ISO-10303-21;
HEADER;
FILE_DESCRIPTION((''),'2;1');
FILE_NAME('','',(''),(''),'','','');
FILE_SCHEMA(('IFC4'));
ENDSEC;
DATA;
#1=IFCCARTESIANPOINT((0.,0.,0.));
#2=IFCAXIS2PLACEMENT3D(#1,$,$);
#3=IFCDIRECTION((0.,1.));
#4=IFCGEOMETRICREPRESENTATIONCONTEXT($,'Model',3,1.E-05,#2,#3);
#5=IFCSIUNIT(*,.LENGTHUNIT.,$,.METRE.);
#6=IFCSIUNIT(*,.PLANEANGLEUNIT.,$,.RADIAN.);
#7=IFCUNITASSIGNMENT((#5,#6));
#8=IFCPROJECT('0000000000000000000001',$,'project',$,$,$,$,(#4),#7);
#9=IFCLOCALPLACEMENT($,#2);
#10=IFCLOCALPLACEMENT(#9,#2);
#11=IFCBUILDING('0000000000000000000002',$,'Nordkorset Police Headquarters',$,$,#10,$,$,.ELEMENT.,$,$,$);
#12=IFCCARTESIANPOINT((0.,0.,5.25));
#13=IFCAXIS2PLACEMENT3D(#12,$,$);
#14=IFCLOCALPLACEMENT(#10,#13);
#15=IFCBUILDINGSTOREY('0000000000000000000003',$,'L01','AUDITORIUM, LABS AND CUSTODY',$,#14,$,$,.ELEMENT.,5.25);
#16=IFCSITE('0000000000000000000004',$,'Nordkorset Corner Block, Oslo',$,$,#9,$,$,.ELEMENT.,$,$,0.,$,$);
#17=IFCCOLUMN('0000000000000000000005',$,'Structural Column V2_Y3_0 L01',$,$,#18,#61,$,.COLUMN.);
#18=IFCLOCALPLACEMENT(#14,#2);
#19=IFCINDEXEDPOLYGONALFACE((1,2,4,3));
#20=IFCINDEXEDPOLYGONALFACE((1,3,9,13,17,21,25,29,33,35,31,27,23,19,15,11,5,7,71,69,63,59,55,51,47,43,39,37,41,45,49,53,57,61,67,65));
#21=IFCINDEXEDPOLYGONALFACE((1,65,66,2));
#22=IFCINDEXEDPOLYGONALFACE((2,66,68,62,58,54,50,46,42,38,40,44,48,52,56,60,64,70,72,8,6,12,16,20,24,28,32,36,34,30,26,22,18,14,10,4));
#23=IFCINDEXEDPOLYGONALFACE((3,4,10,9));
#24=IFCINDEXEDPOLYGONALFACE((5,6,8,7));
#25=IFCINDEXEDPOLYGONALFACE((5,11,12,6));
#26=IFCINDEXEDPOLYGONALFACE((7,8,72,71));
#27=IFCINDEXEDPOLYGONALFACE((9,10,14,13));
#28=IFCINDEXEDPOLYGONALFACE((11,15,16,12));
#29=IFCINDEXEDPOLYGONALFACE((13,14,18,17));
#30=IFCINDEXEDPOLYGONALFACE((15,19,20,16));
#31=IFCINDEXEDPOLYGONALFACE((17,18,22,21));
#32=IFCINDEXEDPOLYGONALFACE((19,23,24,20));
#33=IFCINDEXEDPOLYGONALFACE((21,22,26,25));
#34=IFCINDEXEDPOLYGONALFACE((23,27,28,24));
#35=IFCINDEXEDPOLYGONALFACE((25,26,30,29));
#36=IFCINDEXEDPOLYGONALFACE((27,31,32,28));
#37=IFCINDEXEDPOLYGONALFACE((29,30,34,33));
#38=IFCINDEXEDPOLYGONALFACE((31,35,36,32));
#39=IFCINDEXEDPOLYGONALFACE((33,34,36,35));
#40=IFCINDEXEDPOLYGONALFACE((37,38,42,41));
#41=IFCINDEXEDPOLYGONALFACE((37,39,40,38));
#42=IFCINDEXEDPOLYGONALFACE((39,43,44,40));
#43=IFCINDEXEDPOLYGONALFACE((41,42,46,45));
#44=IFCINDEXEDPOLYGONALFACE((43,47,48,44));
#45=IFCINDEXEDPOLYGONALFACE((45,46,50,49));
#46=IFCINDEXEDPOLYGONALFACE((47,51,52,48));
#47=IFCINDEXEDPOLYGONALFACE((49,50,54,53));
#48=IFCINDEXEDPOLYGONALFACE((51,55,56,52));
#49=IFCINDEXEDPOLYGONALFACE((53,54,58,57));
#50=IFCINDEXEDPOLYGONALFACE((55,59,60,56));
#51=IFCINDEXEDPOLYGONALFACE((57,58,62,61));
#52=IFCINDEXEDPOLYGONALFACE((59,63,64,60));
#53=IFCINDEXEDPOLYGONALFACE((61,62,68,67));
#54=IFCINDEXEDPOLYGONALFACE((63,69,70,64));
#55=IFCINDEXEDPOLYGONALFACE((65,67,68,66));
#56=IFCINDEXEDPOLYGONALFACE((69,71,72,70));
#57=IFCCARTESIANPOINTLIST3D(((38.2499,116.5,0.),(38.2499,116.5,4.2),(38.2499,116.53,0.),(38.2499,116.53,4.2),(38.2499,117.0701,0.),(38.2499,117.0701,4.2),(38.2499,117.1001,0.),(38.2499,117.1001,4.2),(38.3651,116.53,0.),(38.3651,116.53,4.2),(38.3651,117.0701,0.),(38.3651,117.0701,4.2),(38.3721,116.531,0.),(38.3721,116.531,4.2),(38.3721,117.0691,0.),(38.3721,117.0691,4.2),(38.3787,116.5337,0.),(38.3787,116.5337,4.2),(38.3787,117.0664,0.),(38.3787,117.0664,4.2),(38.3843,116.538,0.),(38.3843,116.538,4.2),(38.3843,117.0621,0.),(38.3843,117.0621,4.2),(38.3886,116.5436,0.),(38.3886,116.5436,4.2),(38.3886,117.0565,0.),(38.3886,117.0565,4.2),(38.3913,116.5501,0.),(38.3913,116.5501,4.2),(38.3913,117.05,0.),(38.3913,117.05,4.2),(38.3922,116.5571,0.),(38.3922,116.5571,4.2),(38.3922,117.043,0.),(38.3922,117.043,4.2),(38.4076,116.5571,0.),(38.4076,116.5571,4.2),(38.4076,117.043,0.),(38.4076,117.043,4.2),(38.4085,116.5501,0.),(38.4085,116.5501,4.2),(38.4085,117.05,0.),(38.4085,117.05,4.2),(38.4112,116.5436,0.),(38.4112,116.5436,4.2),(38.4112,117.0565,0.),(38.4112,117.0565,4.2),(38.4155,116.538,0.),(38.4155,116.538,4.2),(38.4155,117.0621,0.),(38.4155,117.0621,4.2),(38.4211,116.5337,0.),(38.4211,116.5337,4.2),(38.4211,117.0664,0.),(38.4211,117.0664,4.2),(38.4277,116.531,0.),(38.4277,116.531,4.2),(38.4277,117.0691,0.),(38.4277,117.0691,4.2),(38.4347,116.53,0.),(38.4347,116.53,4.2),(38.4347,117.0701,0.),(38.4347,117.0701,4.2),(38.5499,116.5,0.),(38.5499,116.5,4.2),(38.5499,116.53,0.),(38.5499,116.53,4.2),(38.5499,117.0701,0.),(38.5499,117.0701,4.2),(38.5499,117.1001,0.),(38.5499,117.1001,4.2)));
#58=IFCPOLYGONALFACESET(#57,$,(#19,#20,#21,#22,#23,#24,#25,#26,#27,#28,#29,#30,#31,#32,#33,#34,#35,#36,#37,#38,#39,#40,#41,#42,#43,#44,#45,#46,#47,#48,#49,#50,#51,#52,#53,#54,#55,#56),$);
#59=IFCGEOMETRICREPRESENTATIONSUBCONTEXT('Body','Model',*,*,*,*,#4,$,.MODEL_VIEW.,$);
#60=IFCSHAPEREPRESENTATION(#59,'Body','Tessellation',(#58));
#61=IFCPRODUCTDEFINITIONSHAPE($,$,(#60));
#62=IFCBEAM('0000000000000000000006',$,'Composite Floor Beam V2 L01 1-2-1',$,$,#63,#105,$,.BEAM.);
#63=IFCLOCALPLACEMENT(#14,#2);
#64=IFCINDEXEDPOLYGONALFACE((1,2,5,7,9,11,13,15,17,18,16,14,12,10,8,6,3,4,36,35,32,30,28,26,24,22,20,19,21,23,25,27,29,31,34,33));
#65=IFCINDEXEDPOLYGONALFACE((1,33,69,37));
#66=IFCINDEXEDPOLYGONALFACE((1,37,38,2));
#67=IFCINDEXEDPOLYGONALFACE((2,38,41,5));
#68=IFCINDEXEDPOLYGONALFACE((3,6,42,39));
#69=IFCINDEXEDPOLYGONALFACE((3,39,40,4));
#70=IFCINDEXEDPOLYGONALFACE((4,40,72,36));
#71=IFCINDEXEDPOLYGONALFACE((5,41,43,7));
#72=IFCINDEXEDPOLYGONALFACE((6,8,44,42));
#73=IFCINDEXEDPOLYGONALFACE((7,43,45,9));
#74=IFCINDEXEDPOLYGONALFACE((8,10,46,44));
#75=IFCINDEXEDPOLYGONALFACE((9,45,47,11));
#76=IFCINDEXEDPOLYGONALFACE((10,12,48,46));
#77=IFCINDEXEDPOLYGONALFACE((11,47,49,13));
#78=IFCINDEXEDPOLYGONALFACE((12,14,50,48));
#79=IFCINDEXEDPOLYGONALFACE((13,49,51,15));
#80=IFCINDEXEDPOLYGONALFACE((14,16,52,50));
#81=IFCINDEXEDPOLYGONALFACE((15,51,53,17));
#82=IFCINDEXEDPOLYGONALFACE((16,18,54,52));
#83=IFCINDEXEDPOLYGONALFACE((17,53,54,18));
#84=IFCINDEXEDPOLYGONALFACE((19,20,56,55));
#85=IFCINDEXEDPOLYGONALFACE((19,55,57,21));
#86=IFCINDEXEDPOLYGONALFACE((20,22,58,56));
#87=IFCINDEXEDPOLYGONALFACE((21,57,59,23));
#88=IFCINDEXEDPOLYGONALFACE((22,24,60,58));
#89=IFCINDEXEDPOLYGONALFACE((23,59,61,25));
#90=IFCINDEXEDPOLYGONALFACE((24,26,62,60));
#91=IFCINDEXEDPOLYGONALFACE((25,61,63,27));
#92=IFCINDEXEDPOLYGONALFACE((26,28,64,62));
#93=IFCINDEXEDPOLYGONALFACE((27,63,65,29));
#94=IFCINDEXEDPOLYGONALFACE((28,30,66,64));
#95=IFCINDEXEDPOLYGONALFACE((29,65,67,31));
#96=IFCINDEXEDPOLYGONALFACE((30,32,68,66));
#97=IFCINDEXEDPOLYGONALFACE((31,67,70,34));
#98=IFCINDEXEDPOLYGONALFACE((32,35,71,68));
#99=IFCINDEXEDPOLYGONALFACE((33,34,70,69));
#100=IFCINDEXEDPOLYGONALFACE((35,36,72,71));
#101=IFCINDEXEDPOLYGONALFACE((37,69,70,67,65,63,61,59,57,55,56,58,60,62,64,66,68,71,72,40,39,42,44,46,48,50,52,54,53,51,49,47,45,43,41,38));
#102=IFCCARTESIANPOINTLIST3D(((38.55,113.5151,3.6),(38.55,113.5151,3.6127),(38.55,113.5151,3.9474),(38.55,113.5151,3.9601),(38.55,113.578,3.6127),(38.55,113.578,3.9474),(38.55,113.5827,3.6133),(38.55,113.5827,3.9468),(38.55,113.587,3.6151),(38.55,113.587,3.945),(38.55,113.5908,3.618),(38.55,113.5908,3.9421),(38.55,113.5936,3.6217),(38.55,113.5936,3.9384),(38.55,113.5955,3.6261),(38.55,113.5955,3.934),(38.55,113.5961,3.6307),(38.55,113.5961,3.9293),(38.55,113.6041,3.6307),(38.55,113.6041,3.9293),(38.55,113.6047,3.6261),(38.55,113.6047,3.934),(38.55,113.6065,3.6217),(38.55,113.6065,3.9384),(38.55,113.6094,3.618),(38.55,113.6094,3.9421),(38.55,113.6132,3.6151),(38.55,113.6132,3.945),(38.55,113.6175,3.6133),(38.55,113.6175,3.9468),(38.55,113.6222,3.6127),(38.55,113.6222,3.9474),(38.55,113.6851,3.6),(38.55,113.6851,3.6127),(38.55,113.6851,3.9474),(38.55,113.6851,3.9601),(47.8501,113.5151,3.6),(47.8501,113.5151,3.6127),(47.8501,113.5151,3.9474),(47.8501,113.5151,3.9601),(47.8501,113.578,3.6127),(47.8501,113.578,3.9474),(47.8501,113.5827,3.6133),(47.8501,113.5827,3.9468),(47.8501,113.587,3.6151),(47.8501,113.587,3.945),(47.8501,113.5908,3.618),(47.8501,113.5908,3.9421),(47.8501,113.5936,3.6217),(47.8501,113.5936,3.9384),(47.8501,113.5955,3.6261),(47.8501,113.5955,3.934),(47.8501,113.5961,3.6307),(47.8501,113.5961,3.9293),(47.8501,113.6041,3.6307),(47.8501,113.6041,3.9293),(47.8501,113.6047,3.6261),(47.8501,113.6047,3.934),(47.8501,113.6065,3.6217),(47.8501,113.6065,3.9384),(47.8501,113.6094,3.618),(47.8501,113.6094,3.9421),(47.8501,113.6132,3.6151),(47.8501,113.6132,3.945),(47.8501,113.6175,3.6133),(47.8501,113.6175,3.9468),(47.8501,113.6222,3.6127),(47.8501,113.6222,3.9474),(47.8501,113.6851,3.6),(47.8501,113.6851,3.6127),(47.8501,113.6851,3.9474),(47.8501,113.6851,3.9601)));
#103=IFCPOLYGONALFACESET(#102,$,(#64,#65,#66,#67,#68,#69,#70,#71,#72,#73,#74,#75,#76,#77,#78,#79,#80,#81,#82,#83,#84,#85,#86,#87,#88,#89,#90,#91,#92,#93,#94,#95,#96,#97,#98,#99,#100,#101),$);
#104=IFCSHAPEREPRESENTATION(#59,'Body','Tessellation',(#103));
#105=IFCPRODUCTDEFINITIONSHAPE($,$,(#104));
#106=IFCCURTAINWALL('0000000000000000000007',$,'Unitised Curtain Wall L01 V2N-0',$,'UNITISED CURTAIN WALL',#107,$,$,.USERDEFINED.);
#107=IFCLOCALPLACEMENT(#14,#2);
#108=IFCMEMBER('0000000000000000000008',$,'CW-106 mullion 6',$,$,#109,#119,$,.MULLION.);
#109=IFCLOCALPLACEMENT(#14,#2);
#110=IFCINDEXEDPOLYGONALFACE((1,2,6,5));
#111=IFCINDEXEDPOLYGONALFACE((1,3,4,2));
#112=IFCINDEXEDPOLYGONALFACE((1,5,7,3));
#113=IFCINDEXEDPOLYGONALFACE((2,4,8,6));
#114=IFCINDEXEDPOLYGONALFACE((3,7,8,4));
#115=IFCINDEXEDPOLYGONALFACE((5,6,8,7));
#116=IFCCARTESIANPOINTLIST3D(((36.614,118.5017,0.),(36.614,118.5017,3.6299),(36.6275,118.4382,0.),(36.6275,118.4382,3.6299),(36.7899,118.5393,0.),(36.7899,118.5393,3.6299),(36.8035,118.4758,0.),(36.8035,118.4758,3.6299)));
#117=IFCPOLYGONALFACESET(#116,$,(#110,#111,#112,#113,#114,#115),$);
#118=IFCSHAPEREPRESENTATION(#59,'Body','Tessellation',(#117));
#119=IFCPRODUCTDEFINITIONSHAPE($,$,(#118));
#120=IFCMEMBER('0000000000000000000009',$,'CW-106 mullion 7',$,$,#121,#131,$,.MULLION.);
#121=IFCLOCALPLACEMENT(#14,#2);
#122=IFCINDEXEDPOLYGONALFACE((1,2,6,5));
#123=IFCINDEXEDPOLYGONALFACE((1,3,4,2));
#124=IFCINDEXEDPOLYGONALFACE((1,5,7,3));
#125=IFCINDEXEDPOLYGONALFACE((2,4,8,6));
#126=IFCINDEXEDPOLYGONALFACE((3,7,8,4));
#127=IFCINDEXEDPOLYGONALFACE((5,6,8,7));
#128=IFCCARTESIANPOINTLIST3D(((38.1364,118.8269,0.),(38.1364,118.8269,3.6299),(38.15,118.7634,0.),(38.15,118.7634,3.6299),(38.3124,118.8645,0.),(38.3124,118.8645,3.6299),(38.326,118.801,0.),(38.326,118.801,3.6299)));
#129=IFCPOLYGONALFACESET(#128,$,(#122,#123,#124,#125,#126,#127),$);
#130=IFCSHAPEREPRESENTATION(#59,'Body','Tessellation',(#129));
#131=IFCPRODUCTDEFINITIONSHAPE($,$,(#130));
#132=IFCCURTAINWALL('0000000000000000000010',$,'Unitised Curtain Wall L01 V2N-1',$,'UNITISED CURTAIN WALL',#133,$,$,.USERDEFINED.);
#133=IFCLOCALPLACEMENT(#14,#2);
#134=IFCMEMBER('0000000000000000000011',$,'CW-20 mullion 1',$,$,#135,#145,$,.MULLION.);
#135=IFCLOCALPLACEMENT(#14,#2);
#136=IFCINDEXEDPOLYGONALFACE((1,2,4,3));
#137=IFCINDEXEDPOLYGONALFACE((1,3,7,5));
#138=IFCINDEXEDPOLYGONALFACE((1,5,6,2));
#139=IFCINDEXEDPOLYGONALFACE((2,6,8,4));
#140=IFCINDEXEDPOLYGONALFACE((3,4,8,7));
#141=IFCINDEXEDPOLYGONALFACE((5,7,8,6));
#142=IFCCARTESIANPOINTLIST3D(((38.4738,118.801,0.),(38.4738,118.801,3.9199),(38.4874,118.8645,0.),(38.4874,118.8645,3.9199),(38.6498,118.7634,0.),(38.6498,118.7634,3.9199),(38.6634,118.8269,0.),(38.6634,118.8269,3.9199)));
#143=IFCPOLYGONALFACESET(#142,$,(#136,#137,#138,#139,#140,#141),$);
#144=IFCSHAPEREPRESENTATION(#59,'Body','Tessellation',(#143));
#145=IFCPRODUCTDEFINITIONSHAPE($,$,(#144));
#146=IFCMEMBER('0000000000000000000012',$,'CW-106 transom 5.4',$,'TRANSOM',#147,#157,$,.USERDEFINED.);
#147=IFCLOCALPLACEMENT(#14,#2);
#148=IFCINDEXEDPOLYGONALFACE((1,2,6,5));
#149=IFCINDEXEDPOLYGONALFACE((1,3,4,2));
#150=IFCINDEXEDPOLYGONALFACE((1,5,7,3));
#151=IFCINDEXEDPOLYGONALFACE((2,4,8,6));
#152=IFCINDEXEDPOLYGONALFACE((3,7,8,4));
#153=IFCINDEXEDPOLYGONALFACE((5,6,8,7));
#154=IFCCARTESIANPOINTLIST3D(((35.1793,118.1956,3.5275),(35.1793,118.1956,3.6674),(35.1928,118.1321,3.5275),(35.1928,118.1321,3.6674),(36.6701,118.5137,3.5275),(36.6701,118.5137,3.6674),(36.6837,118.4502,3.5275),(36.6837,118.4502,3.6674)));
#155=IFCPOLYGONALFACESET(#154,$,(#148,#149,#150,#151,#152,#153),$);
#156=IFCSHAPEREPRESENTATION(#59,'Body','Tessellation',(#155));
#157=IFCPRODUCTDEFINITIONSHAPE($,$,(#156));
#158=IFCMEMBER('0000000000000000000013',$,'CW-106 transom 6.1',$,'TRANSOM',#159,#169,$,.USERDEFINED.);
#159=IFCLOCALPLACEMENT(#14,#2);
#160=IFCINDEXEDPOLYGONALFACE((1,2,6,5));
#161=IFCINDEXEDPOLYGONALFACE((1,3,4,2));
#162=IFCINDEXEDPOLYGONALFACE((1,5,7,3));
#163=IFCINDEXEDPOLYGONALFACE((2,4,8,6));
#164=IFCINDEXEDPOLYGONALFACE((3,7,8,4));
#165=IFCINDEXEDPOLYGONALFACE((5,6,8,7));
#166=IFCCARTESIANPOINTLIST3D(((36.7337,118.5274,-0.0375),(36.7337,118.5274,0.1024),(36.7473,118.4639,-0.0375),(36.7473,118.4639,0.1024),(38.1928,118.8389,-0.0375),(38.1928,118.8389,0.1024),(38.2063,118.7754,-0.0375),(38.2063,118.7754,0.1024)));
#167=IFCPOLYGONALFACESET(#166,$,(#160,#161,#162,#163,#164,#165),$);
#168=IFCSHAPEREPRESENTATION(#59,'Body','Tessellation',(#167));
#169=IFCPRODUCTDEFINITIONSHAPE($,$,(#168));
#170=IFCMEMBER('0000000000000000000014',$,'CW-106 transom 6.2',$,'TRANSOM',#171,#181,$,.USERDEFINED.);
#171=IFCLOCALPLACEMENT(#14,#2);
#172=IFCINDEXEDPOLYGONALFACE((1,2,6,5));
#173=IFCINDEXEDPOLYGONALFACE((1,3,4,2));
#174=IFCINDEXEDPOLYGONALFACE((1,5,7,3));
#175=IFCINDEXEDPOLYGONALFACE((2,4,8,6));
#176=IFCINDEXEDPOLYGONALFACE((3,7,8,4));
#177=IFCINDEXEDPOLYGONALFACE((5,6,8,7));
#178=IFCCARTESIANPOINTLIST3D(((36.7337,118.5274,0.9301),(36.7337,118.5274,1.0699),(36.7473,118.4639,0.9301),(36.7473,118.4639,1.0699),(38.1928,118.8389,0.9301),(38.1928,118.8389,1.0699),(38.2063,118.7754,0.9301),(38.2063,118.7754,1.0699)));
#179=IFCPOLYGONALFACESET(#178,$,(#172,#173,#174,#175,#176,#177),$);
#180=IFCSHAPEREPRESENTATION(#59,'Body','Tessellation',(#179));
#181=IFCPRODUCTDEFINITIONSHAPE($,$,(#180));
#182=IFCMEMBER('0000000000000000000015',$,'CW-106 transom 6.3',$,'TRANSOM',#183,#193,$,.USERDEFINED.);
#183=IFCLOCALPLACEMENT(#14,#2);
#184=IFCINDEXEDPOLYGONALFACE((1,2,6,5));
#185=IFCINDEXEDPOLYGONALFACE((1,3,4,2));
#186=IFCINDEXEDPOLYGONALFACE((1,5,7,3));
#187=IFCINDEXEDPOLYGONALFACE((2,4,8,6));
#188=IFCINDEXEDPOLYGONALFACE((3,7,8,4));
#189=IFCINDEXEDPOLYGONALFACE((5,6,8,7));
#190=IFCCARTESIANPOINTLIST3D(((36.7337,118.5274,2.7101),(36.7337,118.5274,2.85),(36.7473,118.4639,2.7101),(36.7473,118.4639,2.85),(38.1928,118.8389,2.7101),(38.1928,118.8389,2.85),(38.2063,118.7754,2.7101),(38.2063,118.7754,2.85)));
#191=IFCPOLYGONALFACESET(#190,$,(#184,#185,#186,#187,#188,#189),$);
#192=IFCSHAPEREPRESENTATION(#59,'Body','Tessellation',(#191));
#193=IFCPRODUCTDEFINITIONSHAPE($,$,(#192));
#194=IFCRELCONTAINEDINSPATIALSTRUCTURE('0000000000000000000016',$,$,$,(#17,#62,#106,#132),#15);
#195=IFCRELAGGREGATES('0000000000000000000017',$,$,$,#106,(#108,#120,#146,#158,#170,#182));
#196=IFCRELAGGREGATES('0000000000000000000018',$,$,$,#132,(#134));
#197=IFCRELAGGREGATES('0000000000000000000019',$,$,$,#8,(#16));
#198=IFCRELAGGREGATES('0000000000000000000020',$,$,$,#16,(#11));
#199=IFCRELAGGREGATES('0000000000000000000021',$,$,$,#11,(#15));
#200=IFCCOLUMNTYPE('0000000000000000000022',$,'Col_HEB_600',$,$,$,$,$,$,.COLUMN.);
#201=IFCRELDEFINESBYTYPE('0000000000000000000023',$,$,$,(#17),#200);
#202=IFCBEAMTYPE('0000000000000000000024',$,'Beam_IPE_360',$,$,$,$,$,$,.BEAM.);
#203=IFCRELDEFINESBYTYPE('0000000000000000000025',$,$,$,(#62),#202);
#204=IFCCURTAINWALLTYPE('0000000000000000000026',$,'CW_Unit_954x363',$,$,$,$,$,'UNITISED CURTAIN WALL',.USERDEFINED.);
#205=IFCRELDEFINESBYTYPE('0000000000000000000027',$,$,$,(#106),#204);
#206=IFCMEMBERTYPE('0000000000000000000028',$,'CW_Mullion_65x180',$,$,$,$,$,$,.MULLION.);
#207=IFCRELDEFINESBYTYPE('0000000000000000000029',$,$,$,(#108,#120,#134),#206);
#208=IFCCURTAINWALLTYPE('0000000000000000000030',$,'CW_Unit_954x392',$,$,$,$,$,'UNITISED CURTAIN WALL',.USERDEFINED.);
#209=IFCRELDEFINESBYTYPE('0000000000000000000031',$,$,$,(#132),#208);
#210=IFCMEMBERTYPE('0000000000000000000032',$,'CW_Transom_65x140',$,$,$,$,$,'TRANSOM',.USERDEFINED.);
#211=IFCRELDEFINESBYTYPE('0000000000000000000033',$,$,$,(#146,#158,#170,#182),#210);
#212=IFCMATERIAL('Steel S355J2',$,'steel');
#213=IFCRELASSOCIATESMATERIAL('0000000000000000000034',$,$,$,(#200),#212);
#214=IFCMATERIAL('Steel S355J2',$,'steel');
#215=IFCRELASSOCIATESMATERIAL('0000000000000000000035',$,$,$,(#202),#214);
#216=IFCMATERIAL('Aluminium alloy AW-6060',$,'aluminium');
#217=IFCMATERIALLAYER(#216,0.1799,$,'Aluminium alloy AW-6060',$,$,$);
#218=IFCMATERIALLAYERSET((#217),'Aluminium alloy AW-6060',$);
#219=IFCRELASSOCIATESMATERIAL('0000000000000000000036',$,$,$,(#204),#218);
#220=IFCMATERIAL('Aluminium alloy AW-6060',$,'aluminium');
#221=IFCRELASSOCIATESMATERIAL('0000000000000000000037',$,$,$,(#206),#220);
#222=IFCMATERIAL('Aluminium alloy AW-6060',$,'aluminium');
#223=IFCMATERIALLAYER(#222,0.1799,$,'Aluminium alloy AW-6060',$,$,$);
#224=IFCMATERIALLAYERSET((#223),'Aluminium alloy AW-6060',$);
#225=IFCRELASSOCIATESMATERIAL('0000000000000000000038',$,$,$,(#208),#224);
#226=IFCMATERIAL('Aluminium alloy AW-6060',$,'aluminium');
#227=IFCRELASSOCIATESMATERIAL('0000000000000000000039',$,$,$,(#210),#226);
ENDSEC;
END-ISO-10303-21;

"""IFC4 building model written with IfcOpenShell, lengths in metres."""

from ifc_helpers import new_model, si_unit, direction, frame, origin, origin_2d, place, context, subcontext, project, spatial, rectangle, i_section, extrude, material, layer, layer_set, material_profile, profile_set, type_object, element, aggregate, save


model = new_model("IFC4")

# Units and contexts
model_context = context("Model", 3, precision=1e-05, world=origin(), true_north=direction((0.0, 1.0)))
body_context = subcontext(model_context, "Body", "Model", "MODEL_VIEW")
ifc_project = project(units=[si_unit("LENGTHUNIT", "METRE"), si_unit("PLANEANGLEUNIT", "RADIAN")], contexts=[model_context])

# Site, building, storey
site_placement = place(None, origin())
site = spatial("IfcSite", under=ifc_project, at=site_placement, Name="Nordkorset Corner Block, Oslo", CompositionType="ELEMENT", RefElevation=0.0)
building_placement = place(site_placement, origin())
building = spatial("IfcBuilding", under=site, at=building_placement, Name="Nordkorset Police Headquarters", CompositionType="ELEMENT")
storey_placement = place(building_placement, frame((0.0, 0.0, 5.25)))
storey = spatial("IfcBuildingStorey", under=building, at=storey_placement, Name="L01", Description="AUDITORIUM, LABS AND CUSTODY", CompositionType="ELEMENT", Elevation=5.25)

# Column
ifc_material_1 = material(Name="Steel S355J2", Category="steel")
ifc_material_profile_1 = material_profile(ifc_material_1, i_section(OverallWidth=0.3, OverallDepth=0.6001, WebThickness=0.0154, FlangeThickness=0.03, FilletRadius=0.0271, at=origin_2d()), Name="HEB 600")
ifc_profile_set_1 = profile_set([ifc_material_profile_1], Name="Steel S355J2")
column_type = type_object("IfcColumnType", Name="Col_HEB_600", PredefinedType="COLUMN", material=ifc_profile_set_1)
column_placement = place(storey_placement, frame((38.3999, 116.8, 0.0), z_axis=(0.0, 0.0, 1.0), x_axis=(1.0, 0.0, 0.0)))
element("IfcColumn", 1, at=column_placement, inside=storey, type_object=column_type, Name="Structural Column V2_Y3_0 L01", PredefinedType="COLUMN", context=body_context, shape_type="SweptSolid", body=[
    extrude(i_section(OverallWidth=0.3, OverallDepth=0.6001, WebThickness=0.0154, FlangeThickness=0.03, FilletRadius=0.0271, at=origin_2d()), origin(), (0.0, 0.0, 1.0), 4.2),
])

# Beam
ifc_material_2 = material(Name="Steel S355J2", Category="steel")
ifc_material_profile_2 = material_profile(ifc_material_2, i_section(OverallWidth=0.1699, OverallDepth=0.3601, WebThickness=0.0081, FlangeThickness=0.0127, FilletRadius=0.0181, at=origin_2d()), Name="IPE 360")
ifc_profile_set_2 = profile_set([ifc_material_profile_2], Name="Steel S355J2")
beam_type_1 = type_object("IfcBeamType", Name="Beam_IPE_360", PredefinedType="BEAM", material=ifc_profile_set_2)
beam_1_placement = place(storey_placement, frame((38.55, 113.6001, 3.78), z_axis=(1.0, 0.0, 0.0), x_axis=(0.0, 1.0, 0.0)))
element("IfcBeam", 2, at=beam_1_placement, inside=storey, type_object=beam_type_1, Name="Composite Floor Beam V2 L01 1-2-1", PredefinedType="BEAM", context=body_context, shape_type="SweptSolid", body=[
    extrude(i_section(OverallWidth=0.1699, OverallDepth=0.3601, WebThickness=0.0081, FlangeThickness=0.0127, FilletRadius=0.0181, at=origin_2d()), origin(), (0.0, 0.0, 1.0), 9.3),
])

# Curtain wall, members
ifc_material_3 = material(Name="Aluminium alloy AW-6060", Category="aluminium")
ifc_layer_1 = layer(ifc_material_3, 0.1799, Name="Aluminium alloy AW-6060")
ifc_layer_set_1 = layer_set([ifc_layer_1], Name="Aluminium alloy AW-6060")
curtain_wall_type_1 = type_object("IfcCurtainWallType", Name="CW_Unit_954x363", ElementType="UNITISED CURTAIN WALL", PredefinedType="USERDEFINED", material=ifc_layer_set_1)
curtain_wall_1_placement = place(storey_placement, origin())
curtain_wall_1 = element("IfcCurtainWall", 3, at=curtain_wall_1_placement, inside=storey, type_object=curtain_wall_type_1, Name="Unitised Curtain Wall L01 V2N-0", ObjectType="UNITISED CURTAIN WALL", PredefinedType="USERDEFINED")
ifc_material_4 = material(Name="Aluminium alloy AW-6060", Category="aluminium")
ifc_material_profile_3 = material_profile(ifc_material_4, rectangle(XDim=0.0649, YDim=0.1799, at=origin_2d()), Name="ALU MULL 65x180")
ifc_profile_set_3 = profile_set([ifc_material_profile_3], Name="Aluminium alloy AW-6060")
member_type_1 = type_object("IfcMemberType", Name="CW_Mullion_65x180", PredefinedType="MULLION", material=ifc_profile_set_3)
member_1_placement = place(storey_placement, frame((36.7087, 118.4888, 0.0), z_axis=(0.0, 0.0, 1.0), x_axis=(-0.208833, 0.977951, 0.0)))
member_1 = element("IfcMember", 4, at=member_1_placement, type_object=member_type_1, Name="CW-106 mullion 6", PredefinedType="MULLION", context=body_context, shape_type="SweptSolid", body=[
    extrude(rectangle(XDim=0.0649, YDim=0.1799, at=origin_2d()), origin(), (0.0, 0.0, 1.0), 3.6299),
])
member_2_placement = place(storey_placement, frame((38.2312, 118.814, 0.0), z_axis=(0.0, 0.0, 1.0), x_axis=(-0.208833, 0.977951, 0.0)))
member_2 = element("IfcMember", 5, at=member_2_placement, type_object=member_type_1, Name="CW-106 mullion 7", PredefinedType="MULLION", context=body_context, shape_type="SweptSolid", body=[
    extrude(rectangle(XDim=0.0649, YDim=0.1799, at=origin_2d()), origin(), (0.0, 0.0, 1.0), 3.6299),
])

# Curtain wall, member
ifc_material_5 = material(Name="Aluminium alloy AW-6060", Category="aluminium")
ifc_layer_2 = layer(ifc_material_5, 0.1799, Name="Aluminium alloy AW-6060")
ifc_layer_set_2 = layer_set([ifc_layer_2], Name="Aluminium alloy AW-6060")
curtain_wall_type_2 = type_object("IfcCurtainWallType", Name="CW_Unit_954x392", ElementType="UNITISED CURTAIN WALL", PredefinedType="USERDEFINED", material=ifc_layer_set_2)
curtain_wall_2_placement = place(storey_placement, origin())
curtain_wall_2 = element("IfcCurtainWall", 6, at=curtain_wall_2_placement, inside=storey, type_object=curtain_wall_type_2, Name="Unitised Curtain Wall L01 V2N-1", ObjectType="UNITISED CURTAIN WALL", PredefinedType="USERDEFINED")
member_3_placement = place(storey_placement, frame((38.5686, 118.814, 0.0), z_axis=(0.0, 0.0, 1.0), x_axis=(0.208833, 0.977951, 0.0)))
member_3 = element("IfcMember", 7, at=member_3_placement, type_object=member_type_1, Name="CW-20 mullion 1", PredefinedType="MULLION", context=body_context, shape_type="SweptSolid", body=[
    extrude(rectangle(XDim=0.0649, YDim=0.1799, at=origin_2d()), origin(), (0.0, 0.0, 1.0), 3.9199),
])

# Members
ifc_material_6 = material(Name="Aluminium alloy AW-6060", Category="aluminium")
ifc_material_profile_4 = material_profile(ifc_material_6, rectangle(XDim=0.0649, YDim=0.1399, at=origin_2d()), Name="ALU TRAN 65x140")
ifc_profile_set_4 = profile_set([ifc_material_profile_4], Name="Aluminium alloy AW-6060")
member_type_2 = type_object("IfcMemberType", Name="CW_Transom_65x140", ElementType="TRANSOM", PredefinedType="USERDEFINED", material=ifc_profile_set_4)
member_4_placement = place(storey_placement, frame((35.186, 118.1638, 3.5974), z_axis=(0.977987, 0.208665, 0.0), x_axis=(-0.208665, 0.977987, 0.0)))
member_4 = element("IfcMember", 8, at=member_4_placement, type_object=member_type_2, Name="CW-106 transom 5.4", ObjectType="TRANSOM", PredefinedType="USERDEFINED", context=body_context, shape_type="SweptSolid", body=[
    extrude(rectangle(XDim=0.0649, YDim=0.1399, at=origin_2d()), origin(), (0.0, 0.0, 1.0), 1.5244),
])
member_5_placement = place(storey_placement, frame((36.7405, 118.4956, 0.0325), z_axis=(0.977955, 0.208814, 0.0), x_axis=(-0.208814, 0.977955, 0.0)))
member_5 = element("IfcMember", 9, at=member_5_placement, type_object=member_type_2, Name="CW-106 transom 6.1", ObjectType="TRANSOM", PredefinedType="USERDEFINED", context=body_context, shape_type="SweptSolid", body=[
    extrude(rectangle(XDim=0.0649, YDim=0.1399, at=origin_2d()), origin(), (0.0, 0.0, 1.0), 1.4919),
])
member_6_placement = place(storey_placement, frame((36.7405, 118.4956, 1.0), z_axis=(0.977955, 0.208814, 0.0), x_axis=(-0.208814, 0.977955, 0.0)))
member_6 = element("IfcMember", 10, at=member_6_placement, type_object=member_type_2, Name="CW-106 transom 6.2", ObjectType="TRANSOM", PredefinedType="USERDEFINED", context=body_context, shape_type="SweptSolid", body=[
    extrude(rectangle(XDim=0.0649, YDim=0.1399, at=origin_2d()), origin(), (0.0, 0.0, 1.0), 1.4919),
])
member_7_placement = place(storey_placement, frame((36.7405, 118.4956, 2.78), z_axis=(0.977955, 0.208814, 0.0), x_axis=(-0.208814, 0.977955, 0.0)))
member_7 = element("IfcMember", 11, at=member_7_placement, type_object=member_type_2, Name="CW-106 transom 6.3", ObjectType="TRANSOM", PredefinedType="USERDEFINED", context=body_context, shape_type="SweptSolid", body=[
    extrude(rectangle(XDim=0.0649, YDim=0.1399, at=origin_2d()), origin(), (0.0, 0.0, 1.0), 1.4919),
])

aggregate(curtain_wall_1, [member_1, member_2, member_4, member_5, member_6, member_7])
aggregate(curtain_wall_2, [member_3])

save(model, "model.ifc")
